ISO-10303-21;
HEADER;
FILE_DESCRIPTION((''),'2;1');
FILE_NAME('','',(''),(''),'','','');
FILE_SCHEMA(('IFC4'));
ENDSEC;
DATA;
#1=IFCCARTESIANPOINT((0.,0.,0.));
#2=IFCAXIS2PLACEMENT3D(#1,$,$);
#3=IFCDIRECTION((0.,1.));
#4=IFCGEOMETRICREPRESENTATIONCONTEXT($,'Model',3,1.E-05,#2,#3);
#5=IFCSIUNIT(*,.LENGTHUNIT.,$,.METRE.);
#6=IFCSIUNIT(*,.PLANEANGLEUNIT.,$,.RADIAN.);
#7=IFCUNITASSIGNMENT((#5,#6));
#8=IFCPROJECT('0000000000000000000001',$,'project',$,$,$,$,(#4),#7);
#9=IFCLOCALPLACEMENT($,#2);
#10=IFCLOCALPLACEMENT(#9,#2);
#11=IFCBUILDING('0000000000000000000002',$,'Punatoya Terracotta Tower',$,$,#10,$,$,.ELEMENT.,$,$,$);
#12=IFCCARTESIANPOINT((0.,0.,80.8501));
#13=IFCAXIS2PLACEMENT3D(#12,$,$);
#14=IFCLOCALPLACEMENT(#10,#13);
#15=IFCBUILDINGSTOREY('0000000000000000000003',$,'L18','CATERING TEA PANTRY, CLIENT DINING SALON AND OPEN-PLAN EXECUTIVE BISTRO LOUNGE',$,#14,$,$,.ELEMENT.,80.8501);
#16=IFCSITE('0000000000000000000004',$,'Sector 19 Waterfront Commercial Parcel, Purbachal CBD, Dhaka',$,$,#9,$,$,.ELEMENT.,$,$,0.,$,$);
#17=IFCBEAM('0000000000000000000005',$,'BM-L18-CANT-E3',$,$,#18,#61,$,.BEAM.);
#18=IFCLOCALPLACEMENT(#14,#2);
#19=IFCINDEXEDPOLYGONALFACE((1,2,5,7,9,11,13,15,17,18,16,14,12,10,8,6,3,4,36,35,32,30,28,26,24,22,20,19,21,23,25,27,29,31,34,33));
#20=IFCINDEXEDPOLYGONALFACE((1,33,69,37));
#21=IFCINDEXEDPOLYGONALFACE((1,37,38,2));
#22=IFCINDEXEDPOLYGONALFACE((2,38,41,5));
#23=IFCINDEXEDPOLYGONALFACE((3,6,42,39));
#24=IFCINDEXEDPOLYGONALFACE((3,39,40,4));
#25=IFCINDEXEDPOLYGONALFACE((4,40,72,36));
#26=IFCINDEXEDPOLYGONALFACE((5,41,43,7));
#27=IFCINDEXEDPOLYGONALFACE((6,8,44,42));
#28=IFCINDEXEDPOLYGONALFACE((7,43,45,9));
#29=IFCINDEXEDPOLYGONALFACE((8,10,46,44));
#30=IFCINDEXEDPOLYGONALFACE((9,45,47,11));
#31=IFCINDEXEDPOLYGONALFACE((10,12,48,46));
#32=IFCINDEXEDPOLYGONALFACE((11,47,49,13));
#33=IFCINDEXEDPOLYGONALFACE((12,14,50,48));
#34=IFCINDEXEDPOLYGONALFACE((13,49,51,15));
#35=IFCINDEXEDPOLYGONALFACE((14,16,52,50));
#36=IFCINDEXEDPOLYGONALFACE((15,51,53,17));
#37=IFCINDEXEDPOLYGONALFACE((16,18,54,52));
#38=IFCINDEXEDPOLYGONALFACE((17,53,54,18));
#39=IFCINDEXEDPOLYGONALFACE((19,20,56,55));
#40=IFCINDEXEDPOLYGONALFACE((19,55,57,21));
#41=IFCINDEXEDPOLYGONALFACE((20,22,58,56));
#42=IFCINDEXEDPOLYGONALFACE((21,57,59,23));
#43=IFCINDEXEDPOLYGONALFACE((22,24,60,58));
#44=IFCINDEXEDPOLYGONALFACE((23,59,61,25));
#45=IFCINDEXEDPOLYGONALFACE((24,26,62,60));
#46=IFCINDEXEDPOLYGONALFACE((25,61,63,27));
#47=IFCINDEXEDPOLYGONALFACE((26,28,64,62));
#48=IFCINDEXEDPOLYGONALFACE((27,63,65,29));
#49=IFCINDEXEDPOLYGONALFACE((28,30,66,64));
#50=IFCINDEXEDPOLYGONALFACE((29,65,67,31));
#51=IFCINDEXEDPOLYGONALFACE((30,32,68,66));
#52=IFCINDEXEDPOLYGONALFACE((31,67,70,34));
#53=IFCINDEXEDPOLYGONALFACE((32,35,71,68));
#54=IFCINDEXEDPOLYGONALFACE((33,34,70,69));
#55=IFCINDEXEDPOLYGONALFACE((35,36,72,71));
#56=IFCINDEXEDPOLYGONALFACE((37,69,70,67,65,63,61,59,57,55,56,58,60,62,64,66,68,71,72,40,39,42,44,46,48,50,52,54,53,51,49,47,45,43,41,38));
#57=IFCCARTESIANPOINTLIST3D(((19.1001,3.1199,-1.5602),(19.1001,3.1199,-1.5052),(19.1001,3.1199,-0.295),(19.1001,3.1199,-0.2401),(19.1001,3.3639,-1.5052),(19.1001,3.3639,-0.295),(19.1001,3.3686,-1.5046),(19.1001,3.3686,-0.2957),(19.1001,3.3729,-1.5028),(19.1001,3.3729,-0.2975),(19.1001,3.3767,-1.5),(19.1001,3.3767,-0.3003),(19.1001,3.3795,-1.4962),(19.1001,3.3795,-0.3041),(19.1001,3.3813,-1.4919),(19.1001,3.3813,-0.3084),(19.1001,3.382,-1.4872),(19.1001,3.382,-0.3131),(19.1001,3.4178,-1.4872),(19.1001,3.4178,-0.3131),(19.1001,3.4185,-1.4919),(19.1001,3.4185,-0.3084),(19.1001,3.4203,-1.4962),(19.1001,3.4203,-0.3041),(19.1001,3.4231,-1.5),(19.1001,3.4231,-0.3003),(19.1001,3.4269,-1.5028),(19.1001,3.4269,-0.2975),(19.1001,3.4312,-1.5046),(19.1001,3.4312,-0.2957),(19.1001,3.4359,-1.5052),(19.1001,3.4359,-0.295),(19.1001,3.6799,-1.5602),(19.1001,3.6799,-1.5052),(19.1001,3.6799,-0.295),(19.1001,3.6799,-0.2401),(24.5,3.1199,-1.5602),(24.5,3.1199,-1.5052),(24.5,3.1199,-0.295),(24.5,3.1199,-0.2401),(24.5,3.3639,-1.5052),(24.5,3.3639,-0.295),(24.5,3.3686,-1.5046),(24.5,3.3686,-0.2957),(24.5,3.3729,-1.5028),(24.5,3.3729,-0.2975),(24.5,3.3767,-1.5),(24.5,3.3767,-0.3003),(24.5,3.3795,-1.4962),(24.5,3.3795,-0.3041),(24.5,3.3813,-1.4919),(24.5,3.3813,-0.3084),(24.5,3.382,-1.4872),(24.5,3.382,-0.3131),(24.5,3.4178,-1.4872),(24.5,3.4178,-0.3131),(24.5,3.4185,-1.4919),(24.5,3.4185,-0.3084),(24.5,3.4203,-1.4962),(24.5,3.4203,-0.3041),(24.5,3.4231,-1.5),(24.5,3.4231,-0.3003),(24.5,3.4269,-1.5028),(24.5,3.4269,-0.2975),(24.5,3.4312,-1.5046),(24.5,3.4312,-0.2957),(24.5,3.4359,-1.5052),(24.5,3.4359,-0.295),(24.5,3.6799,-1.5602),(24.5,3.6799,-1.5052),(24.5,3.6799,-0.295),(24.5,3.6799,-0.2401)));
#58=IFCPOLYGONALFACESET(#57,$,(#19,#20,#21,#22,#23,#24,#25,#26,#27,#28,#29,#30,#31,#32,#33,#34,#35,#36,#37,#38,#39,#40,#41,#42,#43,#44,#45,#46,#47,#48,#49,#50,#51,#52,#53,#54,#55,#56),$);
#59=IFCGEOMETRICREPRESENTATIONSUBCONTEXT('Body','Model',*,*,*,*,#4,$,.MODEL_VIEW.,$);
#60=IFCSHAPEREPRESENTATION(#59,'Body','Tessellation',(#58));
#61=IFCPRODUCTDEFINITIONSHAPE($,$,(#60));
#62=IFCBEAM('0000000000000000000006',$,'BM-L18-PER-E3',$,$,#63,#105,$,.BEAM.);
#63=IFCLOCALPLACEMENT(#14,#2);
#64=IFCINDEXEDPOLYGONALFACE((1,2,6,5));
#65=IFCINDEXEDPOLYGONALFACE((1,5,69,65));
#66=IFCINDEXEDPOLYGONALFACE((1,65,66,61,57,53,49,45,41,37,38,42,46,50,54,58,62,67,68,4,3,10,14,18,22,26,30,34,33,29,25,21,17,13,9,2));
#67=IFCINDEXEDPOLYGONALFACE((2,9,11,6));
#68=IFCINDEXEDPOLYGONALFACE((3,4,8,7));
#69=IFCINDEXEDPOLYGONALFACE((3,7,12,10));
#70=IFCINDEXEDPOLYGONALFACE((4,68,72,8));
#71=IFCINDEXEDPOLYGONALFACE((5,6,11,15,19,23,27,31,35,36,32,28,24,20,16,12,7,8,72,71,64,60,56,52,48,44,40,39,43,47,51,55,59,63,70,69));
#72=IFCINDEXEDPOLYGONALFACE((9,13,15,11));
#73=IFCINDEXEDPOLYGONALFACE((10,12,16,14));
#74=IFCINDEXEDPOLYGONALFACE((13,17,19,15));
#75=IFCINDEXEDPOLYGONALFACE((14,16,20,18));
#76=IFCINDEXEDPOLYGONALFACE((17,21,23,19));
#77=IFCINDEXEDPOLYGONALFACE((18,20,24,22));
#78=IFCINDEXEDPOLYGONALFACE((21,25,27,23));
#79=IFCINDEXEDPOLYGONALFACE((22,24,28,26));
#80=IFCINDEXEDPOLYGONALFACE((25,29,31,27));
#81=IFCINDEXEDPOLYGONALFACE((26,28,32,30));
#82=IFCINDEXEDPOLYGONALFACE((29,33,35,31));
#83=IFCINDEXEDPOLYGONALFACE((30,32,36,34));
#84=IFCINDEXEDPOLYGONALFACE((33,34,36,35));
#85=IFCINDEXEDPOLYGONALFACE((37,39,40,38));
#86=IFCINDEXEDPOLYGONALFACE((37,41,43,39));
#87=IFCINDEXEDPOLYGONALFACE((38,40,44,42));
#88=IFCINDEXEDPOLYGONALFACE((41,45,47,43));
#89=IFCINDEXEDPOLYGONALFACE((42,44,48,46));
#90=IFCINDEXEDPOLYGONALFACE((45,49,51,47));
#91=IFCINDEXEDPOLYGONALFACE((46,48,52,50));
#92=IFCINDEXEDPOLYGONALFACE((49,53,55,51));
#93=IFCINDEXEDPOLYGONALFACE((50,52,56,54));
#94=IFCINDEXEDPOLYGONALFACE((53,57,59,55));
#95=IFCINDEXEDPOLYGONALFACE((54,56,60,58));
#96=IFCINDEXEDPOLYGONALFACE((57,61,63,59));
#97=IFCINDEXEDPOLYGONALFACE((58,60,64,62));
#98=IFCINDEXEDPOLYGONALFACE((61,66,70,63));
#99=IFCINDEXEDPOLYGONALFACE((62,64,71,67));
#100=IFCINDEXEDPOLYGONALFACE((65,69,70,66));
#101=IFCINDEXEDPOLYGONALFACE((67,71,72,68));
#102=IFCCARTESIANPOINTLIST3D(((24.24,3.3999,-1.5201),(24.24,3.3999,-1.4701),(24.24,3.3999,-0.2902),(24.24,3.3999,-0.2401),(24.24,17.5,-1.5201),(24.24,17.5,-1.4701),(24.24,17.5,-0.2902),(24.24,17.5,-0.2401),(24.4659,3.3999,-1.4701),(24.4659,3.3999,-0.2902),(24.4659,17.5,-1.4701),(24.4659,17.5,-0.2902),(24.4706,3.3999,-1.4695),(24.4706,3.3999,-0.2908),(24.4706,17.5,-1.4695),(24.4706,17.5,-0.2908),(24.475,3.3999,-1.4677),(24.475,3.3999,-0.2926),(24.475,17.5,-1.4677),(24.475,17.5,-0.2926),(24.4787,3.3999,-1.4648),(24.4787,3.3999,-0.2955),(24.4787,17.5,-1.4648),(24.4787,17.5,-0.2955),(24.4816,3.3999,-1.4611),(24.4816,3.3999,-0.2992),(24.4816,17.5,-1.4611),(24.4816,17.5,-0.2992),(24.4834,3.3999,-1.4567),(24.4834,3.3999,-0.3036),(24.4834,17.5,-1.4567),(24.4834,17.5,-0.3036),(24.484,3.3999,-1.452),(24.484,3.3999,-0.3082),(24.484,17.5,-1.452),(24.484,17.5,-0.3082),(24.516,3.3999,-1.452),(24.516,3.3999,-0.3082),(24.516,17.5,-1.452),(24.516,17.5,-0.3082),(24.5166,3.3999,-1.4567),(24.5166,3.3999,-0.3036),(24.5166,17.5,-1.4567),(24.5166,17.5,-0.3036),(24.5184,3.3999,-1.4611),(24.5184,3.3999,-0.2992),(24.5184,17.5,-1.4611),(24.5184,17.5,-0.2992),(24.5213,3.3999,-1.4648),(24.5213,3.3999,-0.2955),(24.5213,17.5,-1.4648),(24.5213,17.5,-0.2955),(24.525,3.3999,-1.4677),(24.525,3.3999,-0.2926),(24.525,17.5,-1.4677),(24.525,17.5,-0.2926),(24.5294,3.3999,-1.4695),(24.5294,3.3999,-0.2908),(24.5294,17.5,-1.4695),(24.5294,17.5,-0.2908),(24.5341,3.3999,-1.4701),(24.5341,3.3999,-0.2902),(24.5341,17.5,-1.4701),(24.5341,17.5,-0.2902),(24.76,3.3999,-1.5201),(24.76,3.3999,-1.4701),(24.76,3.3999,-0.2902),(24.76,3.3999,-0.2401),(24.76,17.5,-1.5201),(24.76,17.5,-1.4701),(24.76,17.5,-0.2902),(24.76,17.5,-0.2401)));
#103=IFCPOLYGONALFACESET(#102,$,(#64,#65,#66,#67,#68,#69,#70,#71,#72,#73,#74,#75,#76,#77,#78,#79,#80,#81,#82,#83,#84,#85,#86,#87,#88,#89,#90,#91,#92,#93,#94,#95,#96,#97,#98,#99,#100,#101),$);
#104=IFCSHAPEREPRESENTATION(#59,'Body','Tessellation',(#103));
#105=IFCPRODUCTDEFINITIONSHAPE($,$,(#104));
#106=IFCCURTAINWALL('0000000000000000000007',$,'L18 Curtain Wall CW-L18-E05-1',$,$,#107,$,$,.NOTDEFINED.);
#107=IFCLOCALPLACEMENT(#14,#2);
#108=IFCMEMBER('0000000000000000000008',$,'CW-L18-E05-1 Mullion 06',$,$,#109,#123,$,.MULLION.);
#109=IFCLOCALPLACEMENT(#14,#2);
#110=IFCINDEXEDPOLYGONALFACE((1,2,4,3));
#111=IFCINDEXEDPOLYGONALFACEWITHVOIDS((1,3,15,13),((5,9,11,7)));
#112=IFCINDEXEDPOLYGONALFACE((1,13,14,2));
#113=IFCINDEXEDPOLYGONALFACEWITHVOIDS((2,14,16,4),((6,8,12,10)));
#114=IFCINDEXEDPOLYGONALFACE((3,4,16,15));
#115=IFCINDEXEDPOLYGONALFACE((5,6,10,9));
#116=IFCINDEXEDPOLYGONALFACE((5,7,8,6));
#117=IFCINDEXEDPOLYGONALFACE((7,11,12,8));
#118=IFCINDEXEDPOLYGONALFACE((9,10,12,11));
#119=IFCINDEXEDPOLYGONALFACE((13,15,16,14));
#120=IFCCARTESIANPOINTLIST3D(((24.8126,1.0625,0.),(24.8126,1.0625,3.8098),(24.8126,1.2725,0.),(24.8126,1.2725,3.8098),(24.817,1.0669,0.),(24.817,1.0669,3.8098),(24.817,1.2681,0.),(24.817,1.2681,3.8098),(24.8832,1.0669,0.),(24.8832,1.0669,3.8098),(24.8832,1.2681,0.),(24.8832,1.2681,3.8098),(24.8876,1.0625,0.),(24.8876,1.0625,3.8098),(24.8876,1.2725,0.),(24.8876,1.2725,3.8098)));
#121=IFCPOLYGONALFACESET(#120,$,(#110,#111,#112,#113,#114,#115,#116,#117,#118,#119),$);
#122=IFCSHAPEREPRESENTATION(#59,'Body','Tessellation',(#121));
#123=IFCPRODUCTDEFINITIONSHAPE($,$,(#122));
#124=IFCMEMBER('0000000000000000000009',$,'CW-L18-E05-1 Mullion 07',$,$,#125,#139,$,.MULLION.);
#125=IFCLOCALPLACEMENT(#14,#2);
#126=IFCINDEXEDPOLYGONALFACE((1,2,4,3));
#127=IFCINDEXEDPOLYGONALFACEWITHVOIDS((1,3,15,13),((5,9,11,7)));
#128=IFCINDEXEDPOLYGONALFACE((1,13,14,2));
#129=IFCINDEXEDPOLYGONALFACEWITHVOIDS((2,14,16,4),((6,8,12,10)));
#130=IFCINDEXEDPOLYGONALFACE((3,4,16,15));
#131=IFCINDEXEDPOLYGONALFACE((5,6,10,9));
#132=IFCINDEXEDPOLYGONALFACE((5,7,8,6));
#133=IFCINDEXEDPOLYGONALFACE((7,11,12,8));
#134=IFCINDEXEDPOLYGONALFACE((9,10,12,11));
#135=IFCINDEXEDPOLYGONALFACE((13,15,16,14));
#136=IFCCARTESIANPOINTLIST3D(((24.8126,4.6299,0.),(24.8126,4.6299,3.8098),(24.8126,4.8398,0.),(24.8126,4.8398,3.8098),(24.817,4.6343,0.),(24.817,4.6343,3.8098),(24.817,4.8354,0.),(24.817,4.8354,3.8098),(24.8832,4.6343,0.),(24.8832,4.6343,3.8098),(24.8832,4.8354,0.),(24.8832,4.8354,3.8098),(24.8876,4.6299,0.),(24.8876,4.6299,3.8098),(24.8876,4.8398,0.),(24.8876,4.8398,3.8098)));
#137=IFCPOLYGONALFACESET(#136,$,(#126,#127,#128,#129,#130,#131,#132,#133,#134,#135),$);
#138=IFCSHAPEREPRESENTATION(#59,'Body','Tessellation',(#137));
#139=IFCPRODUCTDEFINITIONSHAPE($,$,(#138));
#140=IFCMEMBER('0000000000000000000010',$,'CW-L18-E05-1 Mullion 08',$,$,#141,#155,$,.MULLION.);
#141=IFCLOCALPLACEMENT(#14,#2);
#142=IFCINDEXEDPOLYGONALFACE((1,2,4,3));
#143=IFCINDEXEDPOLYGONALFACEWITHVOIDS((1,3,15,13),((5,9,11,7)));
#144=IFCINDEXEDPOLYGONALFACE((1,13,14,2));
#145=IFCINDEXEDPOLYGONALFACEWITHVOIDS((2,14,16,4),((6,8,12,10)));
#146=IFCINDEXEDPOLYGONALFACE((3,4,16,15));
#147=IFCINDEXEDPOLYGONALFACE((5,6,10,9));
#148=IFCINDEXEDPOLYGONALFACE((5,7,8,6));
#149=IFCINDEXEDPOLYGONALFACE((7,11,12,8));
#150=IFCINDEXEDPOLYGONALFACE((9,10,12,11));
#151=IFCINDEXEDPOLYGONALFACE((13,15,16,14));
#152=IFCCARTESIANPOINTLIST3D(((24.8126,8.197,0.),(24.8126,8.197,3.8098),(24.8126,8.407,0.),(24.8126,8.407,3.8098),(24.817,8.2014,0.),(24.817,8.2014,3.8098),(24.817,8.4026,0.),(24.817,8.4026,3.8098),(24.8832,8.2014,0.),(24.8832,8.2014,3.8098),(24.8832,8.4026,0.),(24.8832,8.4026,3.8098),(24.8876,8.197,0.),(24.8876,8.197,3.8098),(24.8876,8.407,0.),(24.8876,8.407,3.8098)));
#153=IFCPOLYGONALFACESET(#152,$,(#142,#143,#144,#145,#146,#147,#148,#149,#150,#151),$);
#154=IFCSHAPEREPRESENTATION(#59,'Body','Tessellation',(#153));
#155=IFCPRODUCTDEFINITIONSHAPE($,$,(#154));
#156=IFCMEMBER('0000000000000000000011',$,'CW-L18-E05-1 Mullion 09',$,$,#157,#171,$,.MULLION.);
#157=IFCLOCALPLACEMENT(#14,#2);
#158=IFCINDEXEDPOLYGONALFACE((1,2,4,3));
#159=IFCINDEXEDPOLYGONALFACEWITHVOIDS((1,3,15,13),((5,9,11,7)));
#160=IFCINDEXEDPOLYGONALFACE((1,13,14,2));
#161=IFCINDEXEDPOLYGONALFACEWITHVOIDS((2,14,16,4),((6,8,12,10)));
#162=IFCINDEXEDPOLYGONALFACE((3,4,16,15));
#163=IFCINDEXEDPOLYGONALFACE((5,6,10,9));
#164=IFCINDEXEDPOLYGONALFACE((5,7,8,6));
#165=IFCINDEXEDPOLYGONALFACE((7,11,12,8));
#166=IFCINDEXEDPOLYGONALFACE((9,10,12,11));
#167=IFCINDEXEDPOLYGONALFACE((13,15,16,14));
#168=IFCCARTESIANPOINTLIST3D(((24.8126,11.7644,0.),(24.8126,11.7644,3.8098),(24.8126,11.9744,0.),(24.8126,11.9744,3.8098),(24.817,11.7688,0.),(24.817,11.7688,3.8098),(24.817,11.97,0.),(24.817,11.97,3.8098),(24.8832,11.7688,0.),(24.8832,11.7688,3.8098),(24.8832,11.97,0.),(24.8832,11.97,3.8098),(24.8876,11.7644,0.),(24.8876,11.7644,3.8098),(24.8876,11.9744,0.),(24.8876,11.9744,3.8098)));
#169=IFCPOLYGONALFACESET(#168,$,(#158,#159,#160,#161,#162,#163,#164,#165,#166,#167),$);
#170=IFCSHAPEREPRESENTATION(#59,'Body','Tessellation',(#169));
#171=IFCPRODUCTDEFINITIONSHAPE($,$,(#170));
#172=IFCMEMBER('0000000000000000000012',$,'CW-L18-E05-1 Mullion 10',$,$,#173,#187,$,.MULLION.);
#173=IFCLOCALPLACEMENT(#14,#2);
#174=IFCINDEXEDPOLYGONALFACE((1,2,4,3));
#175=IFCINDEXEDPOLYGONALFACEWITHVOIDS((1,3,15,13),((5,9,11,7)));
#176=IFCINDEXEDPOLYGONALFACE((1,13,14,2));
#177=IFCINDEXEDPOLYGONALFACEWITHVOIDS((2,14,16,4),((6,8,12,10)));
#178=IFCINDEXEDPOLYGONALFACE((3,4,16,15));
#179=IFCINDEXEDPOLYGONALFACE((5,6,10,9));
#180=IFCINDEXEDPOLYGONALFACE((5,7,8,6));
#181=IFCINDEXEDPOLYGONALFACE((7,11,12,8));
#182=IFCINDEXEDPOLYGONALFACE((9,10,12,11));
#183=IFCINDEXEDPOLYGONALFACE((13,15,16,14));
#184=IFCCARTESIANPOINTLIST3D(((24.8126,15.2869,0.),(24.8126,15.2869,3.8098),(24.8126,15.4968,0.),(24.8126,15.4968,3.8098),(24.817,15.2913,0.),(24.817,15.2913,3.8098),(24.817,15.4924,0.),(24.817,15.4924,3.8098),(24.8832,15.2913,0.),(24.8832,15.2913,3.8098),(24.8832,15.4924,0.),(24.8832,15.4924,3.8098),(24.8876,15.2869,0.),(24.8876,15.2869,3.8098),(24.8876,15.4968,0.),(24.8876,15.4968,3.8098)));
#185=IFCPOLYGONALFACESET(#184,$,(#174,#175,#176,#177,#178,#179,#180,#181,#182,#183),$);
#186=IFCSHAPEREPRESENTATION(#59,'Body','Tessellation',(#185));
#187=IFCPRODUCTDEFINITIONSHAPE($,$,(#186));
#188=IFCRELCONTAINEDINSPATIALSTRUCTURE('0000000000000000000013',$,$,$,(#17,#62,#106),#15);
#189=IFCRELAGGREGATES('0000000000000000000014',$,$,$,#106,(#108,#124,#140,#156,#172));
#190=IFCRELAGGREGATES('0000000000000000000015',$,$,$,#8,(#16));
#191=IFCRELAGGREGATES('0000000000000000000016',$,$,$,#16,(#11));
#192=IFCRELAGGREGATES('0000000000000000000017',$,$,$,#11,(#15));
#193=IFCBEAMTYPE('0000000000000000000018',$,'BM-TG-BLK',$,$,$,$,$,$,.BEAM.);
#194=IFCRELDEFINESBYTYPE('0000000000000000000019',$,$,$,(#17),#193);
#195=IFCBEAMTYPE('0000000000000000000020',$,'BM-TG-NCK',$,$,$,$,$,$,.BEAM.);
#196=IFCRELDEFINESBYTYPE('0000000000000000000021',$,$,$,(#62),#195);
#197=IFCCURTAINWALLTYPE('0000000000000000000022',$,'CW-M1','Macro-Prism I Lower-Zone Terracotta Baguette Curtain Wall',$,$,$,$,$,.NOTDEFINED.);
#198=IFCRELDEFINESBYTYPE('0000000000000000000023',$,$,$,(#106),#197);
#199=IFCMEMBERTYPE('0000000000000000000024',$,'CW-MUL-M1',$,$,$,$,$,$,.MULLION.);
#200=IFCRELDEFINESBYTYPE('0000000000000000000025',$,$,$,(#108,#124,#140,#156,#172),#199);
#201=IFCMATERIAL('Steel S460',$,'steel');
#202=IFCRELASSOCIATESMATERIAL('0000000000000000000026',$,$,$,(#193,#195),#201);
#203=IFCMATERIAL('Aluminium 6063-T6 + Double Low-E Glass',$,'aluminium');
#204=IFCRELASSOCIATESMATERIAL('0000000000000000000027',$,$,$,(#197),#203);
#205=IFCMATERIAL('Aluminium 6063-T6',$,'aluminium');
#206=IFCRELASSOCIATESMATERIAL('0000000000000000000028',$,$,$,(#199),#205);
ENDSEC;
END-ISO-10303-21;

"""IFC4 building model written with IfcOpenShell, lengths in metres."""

from ifc_helpers import new_model, si_unit, direction, frame, origin, origin_2d, place, context, subcontext, project, spatial, hollow_rectangle, i_section, extrude, material, material_profile, profile_set, type_object, element, aggregate, save


model = new_model("IFC4")

# Units and contexts
model_context = context("Model", 3, precision=1e-05, world=origin(), true_north=direction((0.0, 1.0)))
body_context = subcontext(model_context, "Body", "Model", "MODEL_VIEW")
ifc_project = project(units=[si_unit("LENGTHUNIT", "METRE"), si_unit("PLANEANGLEUNIT", "RADIAN")], contexts=[model_context])

# Site, building, storey
site_placement = place(None, origin())
site = spatial("IfcSite", under=ifc_project, at=site_placement, Name="Sector 19 Waterfront Commercial Parcel, Purbachal CBD, Dhaka", CompositionType="ELEMENT", RefElevation=0.0)
building_placement = place(site_placement, origin())
building = spatial("IfcBuilding", under=site, at=building_placement, Name="Punatoya Terracotta Tower", CompositionType="ELEMENT")
storey_placement = place(building_placement, frame((0.0, 0.0, 80.8501)))
storey = spatial("IfcBuildingStorey", under=building, at=storey_placement, Name="L18", Description="CATERING TEA PANTRY, CLIENT DINING SALON AND OPEN-PLAN EXECUTIVE BISTRO LOUNGE", CompositionType="ELEMENT", Elevation=80.8501)

# Shared definitions
ifc_material_1 = material(Name="Steel S460", Category="steel")

# Beams
ifc_material_profile_1 = material_profile(ifc_material_1, i_section(OverallWidth=0.5601, OverallDepth=1.3201, WebThickness=0.0359, FlangeThickness=0.0549, FilletRadius=0.0181, at=origin_2d()))
ifc_profile_set_1 = profile_set([ifc_material_profile_1], Name="Steel S460")
beam_type_1 = type_object("IfcBeamType", Name="BM-TG-BLK", PredefinedType="BEAM", material=ifc_profile_set_1)
beam_1_placement = place(storey_placement, frame((19.1001, 3.3999, -0.9001), z_axis=(1.0, 0.0, 0.0), x_axis=(0.0, 1.0, 0.0)))
element("IfcBeam", 1, at=beam_1_placement, inside=storey, type_object=beam_type_1, Name="BM-L18-CANT-E3", PredefinedType="BEAM", context=body_context, shape_type="SweptSolid", body=[
    extrude(i_section(OverallWidth=0.5601, OverallDepth=1.3201, WebThickness=0.0359, FlangeThickness=0.0549, FilletRadius=0.0181, at=origin_2d()), origin(), (0.0, 0.0, 1.0), 5.3999),
])
ifc_material_profile_2 = material_profile(ifc_material_1, i_section(OverallWidth=0.52, OverallDepth=1.28, WebThickness=0.032, FlangeThickness=0.05, FilletRadius=0.0181, at=origin_2d()))
ifc_profile_set_2 = profile_set([ifc_material_profile_2], Name="Steel S460")
beam_type_2 = type_object("IfcBeamType", Name="BM-TG-NCK", PredefinedType="BEAM", material=ifc_profile_set_2)
beam_2_placement = place(storey_placement, frame((24.5, 3.3999, -0.8801), z_axis=(0.0, 1.0, 0.0), x_axis=(-1.0, 0.0, 0.0)))
element("IfcBeam", 2, at=beam_2_placement, inside=storey, type_object=beam_type_2, Name="BM-L18-PER-E3", PredefinedType="BEAM", context=body_context, shape_type="SweptSolid", body=[
    extrude(i_section(OverallWidth=0.52, OverallDepth=1.28, WebThickness=0.032, FlangeThickness=0.05, FilletRadius=0.0181, at=origin_2d()), origin(), (0.0, 0.0, 1.0), 14.1001),
])

# Curtain wall, members
ifc_material_2 = material(Name="Aluminium 6063-T6 + Double Low-E Glass", Category="aluminium")
curtain_wall_type = type_object("IfcCurtainWallType", Name="CW-M1", Description="Macro-Prism I Lower-Zone Terracotta Baguette Curtain Wall", PredefinedType="NOTDEFINED", material=ifc_material_2)
curtain_wall_1_placement = place(storey_placement, origin())
curtain_wall_1 = element("IfcCurtainWall", 3, at=curtain_wall_1_placement, inside=storey, type_object=curtain_wall_type, Name="L18 Curtain Wall CW-L18-E05-1", PredefinedType="NOTDEFINED")
ifc_material_3 = material(Name="Aluminium 6063-T6", Category="aluminium")
ifc_material_profile_3 = material_profile(ifc_material_3, hollow_rectangle(XDim=0.075, YDim=0.21, WallThickness=0.0044, at=origin_2d()))
ifc_profile_set_3 = profile_set([ifc_material_profile_3], Name="Aluminium 6063-T6")
member_type_1 = type_object("IfcMemberType", Name="CW-MUL-M1", PredefinedType="MULLION", material=ifc_profile_set_3)
member_1_placement = place(storey_placement, frame((24.8501, 1.1675, 0.0), z_axis=(0.0, 0.0, 1.0), x_axis=(1.0, 0.0, 0.0)))
member_1 = element("IfcMember", 4, at=member_1_placement, type_object=member_type_1, Name="CW-L18-E05-1 Mullion 06", PredefinedType="MULLION", context=body_context, shape_type="SweptSolid", body=[
    extrude(hollow_rectangle(XDim=0.075, YDim=0.21, WallThickness=0.0044, at=origin_2d()), origin(), (0.0, 0.0, 1.0), 3.8098),
])
member_2_placement = place(storey_placement, frame((24.8501, 4.7349, 0.0), z_axis=(0.0, 0.0, 1.0), x_axis=(1.0, 0.0, 0.0)))
member_2 = element("IfcMember", 5, at=member_2_placement, type_object=member_type_1, Name="CW-L18-E05-1 Mullion 07", PredefinedType="MULLION", context=body_context, shape_type="SweptSolid", body=[
    extrude(hollow_rectangle(XDim=0.075, YDim=0.21, WallThickness=0.0044, at=origin_2d()), origin(), (0.0, 0.0, 1.0), 3.8098),
])
member_3_placement = place(storey_placement, frame((24.8501, 8.302, 0.0), z_axis=(0.0, 0.0, 1.0), x_axis=(1.0, 0.0, 0.0)))
member_3 = element("IfcMember", 6, at=member_3_placement, type_object=member_type_1, Name="CW-L18-E05-1 Mullion 08", PredefinedType="MULLION", context=body_context, shape_type="SweptSolid", body=[
    extrude(hollow_rectangle(XDim=0.075, YDim=0.21, WallThickness=0.0044, at=origin_2d()), origin(), (0.0, 0.0, 1.0), 3.8098),
])
member_4_placement = place(storey_placement, frame((24.8501, 11.8694, 0.0), z_axis=(0.0, 0.0, 1.0), x_axis=(1.0, 0.0, 0.0)))
member_4 = element("IfcMember", 7, at=member_4_placement, type_object=member_type_1, Name="CW-L18-E05-1 Mullion 09", PredefinedType="MULLION", context=body_context, shape_type="SweptSolid", body=[
    extrude(hollow_rectangle(XDim=0.075, YDim=0.21, WallThickness=0.0044, at=origin_2d()), origin(), (0.0, 0.0, 1.0), 3.8098),
])
member_5_placement = place(storey_placement, frame((24.8501, 15.3918, 0.0), z_axis=(0.0, 0.0, 1.0), x_axis=(1.0, 0.0, 0.0)))
member_5 = element("IfcMember", 8, at=member_5_placement, type_object=member_type_1, Name="CW-L18-E05-1 Mullion 10", PredefinedType="MULLION", context=body_context, shape_type="SweptSolid", body=[
    extrude(hollow_rectangle(XDim=0.075, YDim=0.21, WallThickness=0.0044, at=origin_2d()), origin(), (0.0, 0.0, 1.0), 3.8098),
])

aggregate(curtain_wall_1, [member_1, member_2, member_3, member_4, member_5])

save(model, "model.ifc")
